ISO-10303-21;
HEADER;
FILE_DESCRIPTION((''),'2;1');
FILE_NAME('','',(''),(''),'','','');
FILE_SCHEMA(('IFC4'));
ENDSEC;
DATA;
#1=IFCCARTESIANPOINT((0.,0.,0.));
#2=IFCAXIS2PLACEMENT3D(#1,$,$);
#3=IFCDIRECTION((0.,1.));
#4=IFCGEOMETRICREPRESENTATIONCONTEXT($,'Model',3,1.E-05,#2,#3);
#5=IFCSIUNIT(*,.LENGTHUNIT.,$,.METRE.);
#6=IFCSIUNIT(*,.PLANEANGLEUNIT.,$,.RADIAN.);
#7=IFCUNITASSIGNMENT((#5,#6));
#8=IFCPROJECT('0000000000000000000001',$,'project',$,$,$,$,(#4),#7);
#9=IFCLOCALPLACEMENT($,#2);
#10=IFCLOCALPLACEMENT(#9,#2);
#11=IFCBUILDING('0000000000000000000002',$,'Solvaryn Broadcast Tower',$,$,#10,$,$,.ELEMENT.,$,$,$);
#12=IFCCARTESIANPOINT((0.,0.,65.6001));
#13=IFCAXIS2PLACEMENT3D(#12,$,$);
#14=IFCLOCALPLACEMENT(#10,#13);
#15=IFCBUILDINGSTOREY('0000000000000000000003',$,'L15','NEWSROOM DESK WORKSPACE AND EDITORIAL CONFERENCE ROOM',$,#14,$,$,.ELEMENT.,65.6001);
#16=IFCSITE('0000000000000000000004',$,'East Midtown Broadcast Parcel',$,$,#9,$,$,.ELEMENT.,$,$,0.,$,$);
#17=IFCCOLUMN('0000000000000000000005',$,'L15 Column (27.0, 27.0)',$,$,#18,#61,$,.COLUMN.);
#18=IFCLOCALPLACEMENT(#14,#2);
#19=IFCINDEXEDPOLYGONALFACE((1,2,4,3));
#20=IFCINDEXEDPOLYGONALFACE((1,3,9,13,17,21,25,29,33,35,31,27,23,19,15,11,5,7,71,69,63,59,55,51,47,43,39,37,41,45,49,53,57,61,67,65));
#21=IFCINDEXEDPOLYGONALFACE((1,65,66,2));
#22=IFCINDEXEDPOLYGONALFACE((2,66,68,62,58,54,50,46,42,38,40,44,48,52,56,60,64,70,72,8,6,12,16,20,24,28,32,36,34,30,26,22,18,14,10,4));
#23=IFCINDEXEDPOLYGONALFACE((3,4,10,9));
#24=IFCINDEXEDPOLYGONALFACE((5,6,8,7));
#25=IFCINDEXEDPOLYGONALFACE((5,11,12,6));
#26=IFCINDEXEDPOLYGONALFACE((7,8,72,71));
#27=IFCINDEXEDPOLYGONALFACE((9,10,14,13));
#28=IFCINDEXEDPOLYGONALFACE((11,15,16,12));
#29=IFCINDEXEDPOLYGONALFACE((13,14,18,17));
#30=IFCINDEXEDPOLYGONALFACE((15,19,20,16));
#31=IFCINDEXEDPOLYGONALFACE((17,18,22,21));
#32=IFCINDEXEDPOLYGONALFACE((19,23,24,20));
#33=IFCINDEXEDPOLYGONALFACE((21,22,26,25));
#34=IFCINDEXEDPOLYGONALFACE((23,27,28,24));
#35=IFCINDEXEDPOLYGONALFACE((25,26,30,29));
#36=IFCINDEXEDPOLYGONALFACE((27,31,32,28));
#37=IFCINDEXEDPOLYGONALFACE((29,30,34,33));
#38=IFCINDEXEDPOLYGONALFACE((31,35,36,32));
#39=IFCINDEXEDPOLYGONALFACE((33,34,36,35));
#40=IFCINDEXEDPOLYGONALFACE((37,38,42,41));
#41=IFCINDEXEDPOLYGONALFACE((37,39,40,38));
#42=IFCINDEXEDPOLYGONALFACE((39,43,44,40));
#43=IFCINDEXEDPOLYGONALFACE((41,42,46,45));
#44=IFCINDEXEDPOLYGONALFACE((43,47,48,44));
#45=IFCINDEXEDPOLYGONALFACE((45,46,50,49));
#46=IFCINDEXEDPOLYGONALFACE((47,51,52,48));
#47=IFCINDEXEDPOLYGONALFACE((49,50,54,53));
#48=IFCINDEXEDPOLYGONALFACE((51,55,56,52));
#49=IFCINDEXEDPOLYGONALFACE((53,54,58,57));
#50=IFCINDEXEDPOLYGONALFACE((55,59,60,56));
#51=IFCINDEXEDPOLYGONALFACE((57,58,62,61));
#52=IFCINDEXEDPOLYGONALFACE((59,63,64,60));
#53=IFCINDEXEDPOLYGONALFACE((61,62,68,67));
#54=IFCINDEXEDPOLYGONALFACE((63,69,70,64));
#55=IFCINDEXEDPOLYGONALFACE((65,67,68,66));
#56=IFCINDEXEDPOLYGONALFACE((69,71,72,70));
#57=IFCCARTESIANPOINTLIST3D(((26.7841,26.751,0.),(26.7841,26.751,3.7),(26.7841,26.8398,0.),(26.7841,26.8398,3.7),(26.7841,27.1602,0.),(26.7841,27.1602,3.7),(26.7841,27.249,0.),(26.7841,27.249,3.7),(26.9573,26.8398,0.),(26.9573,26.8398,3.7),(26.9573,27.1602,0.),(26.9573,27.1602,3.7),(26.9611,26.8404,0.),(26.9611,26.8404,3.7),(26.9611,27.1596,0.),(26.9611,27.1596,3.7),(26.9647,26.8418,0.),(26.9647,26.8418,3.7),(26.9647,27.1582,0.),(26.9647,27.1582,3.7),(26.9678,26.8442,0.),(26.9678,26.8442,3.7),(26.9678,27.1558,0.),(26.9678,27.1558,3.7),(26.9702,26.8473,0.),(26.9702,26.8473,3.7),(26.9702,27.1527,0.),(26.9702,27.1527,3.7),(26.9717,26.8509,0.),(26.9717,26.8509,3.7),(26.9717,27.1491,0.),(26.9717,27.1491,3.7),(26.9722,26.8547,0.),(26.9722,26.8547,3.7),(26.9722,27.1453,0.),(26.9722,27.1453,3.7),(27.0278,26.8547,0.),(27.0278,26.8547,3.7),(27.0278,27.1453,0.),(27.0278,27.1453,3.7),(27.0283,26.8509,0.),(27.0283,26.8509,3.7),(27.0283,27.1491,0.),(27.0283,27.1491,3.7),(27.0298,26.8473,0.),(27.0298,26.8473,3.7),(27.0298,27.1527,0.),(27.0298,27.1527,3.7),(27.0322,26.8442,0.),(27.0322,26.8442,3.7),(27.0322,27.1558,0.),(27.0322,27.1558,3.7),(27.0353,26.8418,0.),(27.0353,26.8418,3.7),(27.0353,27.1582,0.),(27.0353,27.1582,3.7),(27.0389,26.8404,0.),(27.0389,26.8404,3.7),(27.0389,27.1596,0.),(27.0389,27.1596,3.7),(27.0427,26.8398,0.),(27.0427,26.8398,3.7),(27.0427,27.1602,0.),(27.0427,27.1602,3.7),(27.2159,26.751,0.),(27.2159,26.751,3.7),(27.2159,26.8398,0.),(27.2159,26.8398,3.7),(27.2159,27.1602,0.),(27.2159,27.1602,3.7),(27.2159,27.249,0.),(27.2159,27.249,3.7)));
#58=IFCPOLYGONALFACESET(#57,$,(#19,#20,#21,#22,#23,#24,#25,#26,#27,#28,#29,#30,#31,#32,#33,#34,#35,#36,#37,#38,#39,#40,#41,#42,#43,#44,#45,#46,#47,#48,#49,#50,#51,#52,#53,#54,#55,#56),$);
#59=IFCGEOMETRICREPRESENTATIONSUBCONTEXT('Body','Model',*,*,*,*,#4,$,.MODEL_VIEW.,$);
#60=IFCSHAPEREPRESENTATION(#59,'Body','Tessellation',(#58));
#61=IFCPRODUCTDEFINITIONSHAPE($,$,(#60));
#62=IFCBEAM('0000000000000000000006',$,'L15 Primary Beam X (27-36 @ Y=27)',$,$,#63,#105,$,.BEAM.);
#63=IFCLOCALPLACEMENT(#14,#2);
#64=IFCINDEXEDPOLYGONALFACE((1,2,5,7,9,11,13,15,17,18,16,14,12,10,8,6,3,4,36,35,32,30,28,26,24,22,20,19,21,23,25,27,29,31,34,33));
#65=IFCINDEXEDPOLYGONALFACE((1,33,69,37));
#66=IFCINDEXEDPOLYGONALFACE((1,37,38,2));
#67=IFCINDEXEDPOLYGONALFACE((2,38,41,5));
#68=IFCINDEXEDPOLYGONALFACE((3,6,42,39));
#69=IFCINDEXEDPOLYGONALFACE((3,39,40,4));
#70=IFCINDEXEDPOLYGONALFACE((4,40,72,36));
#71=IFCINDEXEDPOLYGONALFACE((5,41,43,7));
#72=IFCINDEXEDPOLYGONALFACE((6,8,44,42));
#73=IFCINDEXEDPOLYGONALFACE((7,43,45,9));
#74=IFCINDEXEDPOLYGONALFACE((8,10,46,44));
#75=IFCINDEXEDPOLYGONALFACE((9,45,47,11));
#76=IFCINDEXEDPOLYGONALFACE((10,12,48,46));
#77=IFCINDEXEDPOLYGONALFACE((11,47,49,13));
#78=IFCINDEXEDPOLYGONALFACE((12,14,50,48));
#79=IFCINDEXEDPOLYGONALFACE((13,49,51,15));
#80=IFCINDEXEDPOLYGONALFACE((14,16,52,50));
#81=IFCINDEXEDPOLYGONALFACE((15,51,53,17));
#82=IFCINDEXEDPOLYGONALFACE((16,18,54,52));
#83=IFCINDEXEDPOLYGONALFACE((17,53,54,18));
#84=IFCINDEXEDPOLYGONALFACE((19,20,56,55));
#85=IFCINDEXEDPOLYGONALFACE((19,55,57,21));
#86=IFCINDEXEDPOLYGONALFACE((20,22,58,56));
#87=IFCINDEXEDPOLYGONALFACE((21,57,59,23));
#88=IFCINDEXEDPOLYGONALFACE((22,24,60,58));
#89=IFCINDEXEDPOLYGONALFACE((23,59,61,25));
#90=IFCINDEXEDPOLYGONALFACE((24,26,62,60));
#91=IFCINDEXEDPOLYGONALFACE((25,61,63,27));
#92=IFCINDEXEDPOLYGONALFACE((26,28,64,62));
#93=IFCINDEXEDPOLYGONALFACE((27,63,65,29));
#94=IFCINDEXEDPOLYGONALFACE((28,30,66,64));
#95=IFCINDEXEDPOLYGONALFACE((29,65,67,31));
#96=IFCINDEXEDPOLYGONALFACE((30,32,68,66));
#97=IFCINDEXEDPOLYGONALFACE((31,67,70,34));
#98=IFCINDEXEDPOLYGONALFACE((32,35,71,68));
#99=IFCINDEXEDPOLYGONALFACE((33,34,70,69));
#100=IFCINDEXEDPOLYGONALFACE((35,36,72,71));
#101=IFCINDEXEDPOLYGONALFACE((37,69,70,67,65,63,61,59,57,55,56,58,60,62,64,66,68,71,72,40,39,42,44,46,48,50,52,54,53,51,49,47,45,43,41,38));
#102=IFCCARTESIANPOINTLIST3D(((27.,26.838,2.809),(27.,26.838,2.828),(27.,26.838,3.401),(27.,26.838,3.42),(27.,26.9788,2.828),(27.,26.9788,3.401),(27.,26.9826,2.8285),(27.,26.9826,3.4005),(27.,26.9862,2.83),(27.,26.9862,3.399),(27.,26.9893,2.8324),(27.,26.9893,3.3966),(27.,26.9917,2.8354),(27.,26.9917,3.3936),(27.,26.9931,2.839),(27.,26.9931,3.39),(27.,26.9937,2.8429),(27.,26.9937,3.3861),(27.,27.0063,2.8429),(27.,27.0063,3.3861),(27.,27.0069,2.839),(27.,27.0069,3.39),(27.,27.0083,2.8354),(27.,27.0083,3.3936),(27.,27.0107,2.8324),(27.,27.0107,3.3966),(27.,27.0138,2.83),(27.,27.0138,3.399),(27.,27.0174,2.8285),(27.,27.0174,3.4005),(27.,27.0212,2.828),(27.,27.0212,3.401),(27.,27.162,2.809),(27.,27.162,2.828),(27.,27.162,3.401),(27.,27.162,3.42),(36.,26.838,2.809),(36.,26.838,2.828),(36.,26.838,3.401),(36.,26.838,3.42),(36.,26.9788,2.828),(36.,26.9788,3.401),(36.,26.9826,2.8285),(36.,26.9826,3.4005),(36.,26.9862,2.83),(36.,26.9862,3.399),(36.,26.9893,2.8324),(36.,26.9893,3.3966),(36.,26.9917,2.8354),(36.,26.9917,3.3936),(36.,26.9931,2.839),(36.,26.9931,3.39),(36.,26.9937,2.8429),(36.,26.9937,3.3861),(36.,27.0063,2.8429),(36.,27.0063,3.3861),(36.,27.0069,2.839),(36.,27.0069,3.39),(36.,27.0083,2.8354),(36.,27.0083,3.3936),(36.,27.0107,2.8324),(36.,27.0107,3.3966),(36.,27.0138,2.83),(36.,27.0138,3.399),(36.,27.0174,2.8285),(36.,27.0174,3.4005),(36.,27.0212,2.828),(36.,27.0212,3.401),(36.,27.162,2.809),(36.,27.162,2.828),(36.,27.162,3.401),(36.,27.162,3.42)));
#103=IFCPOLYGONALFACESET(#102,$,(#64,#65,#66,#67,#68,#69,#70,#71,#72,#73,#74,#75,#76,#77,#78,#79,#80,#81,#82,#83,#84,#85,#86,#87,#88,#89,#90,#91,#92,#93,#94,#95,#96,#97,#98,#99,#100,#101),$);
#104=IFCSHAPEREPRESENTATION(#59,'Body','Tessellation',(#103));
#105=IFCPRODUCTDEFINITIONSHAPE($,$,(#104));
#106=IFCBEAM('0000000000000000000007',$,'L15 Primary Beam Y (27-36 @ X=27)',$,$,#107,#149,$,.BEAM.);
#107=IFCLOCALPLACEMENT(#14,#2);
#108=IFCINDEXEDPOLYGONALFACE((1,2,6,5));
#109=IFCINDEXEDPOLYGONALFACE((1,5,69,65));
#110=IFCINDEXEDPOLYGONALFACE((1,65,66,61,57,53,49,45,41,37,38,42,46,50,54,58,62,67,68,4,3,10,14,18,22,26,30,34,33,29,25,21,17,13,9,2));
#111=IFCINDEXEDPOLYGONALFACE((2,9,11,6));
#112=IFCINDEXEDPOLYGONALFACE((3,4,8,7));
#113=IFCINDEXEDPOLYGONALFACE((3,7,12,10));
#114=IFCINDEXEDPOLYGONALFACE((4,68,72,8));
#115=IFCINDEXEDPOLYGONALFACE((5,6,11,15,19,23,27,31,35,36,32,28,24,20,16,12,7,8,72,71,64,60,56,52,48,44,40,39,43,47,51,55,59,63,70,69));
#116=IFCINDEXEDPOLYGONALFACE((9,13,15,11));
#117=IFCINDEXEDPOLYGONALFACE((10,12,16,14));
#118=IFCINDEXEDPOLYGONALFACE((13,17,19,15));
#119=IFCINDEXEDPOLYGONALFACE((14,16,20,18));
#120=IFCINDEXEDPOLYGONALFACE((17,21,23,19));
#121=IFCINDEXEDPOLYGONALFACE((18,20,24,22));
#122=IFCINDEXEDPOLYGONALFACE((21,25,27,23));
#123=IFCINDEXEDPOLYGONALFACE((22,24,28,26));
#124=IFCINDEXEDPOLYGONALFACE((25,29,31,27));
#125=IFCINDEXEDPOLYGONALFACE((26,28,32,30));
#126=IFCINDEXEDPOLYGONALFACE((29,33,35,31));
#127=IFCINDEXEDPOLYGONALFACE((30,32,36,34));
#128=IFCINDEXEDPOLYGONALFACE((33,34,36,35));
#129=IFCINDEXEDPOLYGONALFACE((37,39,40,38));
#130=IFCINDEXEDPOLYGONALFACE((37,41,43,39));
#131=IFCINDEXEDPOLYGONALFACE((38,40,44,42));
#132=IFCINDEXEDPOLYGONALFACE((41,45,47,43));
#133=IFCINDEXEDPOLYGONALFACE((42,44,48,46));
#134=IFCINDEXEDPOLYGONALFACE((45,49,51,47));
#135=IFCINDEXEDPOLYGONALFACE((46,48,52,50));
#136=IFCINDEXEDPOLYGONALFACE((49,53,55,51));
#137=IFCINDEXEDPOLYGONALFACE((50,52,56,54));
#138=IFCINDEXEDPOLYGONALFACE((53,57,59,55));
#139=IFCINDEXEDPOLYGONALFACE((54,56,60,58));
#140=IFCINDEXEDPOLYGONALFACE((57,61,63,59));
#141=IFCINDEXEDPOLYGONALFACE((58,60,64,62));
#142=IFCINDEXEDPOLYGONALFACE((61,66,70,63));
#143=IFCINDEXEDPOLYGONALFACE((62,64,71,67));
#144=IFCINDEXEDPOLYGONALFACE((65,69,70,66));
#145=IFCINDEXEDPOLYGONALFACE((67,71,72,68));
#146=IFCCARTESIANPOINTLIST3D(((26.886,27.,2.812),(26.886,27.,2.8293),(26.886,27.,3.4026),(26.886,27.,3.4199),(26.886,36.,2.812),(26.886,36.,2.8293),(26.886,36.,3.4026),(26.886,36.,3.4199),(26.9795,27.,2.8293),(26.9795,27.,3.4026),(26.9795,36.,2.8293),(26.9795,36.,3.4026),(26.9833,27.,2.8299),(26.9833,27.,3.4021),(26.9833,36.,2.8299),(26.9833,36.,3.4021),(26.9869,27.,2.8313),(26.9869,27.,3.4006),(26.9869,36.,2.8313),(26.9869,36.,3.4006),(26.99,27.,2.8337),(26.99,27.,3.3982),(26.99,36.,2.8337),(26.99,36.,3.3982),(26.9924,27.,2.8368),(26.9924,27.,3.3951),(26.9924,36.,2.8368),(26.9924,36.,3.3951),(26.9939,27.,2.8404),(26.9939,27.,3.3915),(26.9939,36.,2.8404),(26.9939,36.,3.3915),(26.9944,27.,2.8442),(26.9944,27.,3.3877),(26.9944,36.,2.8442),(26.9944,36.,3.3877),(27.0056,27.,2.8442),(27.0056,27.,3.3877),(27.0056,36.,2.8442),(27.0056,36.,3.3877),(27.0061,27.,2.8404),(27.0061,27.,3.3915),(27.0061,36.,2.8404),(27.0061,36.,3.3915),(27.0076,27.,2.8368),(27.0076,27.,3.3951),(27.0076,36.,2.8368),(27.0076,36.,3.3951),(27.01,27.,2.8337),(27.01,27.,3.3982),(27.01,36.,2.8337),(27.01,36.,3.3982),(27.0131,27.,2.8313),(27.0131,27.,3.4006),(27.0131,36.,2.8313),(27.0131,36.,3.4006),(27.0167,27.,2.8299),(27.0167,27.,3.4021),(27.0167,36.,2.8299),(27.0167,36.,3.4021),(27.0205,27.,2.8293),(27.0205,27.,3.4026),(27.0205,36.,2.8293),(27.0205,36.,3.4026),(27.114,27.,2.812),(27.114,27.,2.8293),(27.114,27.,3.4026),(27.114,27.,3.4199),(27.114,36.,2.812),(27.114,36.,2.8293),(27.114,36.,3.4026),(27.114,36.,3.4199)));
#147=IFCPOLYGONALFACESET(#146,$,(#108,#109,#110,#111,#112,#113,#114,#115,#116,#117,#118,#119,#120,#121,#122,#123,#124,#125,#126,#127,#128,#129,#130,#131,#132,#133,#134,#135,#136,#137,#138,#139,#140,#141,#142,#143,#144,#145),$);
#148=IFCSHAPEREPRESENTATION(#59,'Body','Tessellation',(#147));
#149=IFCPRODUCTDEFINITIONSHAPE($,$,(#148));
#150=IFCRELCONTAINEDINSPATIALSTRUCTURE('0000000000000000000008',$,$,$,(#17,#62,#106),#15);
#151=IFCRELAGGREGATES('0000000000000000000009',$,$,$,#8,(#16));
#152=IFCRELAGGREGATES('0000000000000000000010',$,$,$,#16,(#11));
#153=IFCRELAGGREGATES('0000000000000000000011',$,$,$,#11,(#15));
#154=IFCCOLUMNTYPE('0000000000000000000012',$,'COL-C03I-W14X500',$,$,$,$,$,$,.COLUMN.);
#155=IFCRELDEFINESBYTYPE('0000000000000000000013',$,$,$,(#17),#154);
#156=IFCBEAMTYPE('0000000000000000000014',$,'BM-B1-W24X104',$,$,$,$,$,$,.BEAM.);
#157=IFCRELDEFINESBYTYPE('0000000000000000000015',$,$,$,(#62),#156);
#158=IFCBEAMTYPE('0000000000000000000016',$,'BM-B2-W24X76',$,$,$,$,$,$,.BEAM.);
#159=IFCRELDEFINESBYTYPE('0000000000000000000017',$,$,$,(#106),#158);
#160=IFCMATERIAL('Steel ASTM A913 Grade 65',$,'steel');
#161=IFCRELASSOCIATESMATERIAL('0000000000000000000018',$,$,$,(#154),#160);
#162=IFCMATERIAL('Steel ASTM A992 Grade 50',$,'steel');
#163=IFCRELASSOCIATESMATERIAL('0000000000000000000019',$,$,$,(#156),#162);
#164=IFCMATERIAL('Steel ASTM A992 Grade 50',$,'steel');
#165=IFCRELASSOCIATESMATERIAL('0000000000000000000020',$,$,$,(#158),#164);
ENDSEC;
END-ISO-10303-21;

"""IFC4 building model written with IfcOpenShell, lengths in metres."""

from ifc_helpers import new_model, si_unit, direction, frame, origin, origin_2d, place, context, subcontext, project, spatial, i_section, extrude, material, material_profile, profile_set, type_object, element, save


model = new_model("IFC4")

# Units and contexts
model_context = context("Model", 3, precision=1e-05, world=origin(), true_north=direction((0.0, 1.0)))
body_context = subcontext(model_context, "Body", "Model", "MODEL_VIEW")
ifc_project = project(units=[si_unit("LENGTHUNIT", "METRE"), si_unit("PLANEANGLEUNIT", "RADIAN")], contexts=[model_context])

# Site, building, storey
site_placement = place(None, origin())
site = spatial("IfcSite", under=ifc_project, at=site_placement, Name="East Midtown Broadcast Parcel", CompositionType="ELEMENT", RefElevation=0.0)
building_placement = place(site_placement, origin())
building = spatial("IfcBuilding", under=site, at=building_placement, Name="Solvaryn Broadcast Tower", CompositionType="ELEMENT")
storey_placement = place(building_placement, frame((0.0, 0.0, 65.6001)))
storey = spatial("IfcBuildingStorey", under=building, at=storey_placement, Name="L15", Description="NEWSROOM DESK WORKSPACE AND EDITORIAL CONFERENCE ROOM", CompositionType="ELEMENT", Elevation=65.6001)

# Column
ifc_material_1 = material(Name="Steel ASTM A913 Grade 65", Category="steel")
ifc_material_profile_1 = material_profile(ifc_material_1, i_section(OverallWidth=0.4319, OverallDepth=0.498, WebThickness=0.0557, FlangeThickness=0.0889, FilletRadius=0.0149, at=origin_2d()))
ifc_profile_set_1 = profile_set([ifc_material_profile_1], Name="Steel ASTM A913 Grade 65")
column_type = type_object("IfcColumnType", Name="COL-C03I-W14X500", PredefinedType="COLUMN", material=ifc_profile_set_1)
column_placement = place(storey_placement, frame((27.0, 27.0, 0.0), z_axis=(0.0, 0.0, 1.0), x_axis=(1.0, 0.0, 0.0)))
element("IfcColumn", 1, at=column_placement, inside=storey, type_object=column_type, Name="L15 Column (27.0, 27.0)", PredefinedType="COLUMN", context=body_context, shape_type="SweptSolid", body=[
    extrude(i_section(OverallWidth=0.4319, OverallDepth=0.498, WebThickness=0.0557, FlangeThickness=0.0889, FilletRadius=0.0149, at=origin_2d()), origin(), (0.0, 0.0, 1.0), 3.7),
])

# Beams
ifc_material_2 = material(Name="Steel ASTM A992 Grade 50", Category="steel")
ifc_material_profile_2 = material_profile(ifc_material_2, i_section(OverallWidth=0.324, OverallDepth=0.6111, WebThickness=0.0127, FlangeThickness=0.019, FilletRadius=0.0149, at=origin_2d()))
ifc_profile_set_2 = profile_set([ifc_material_profile_2], Name="Steel ASTM A992 Grade 50")
beam_type_1 = type_object("IfcBeamType", Name="BM-B1-W24X104", PredefinedType="BEAM", material=ifc_profile_set_2)
beam_1_placement = place(storey_placement, frame((27.0, 27.0, 3.1145), z_axis=(1.0, 0.0, 0.0), x_axis=(0.0, 1.0, 0.0)))
element("IfcBeam", 2, at=beam_1_placement, inside=storey, type_object=beam_type_1, Name="L15 Primary Beam X (27-36 @ Y=27)", PredefinedType="BEAM", context=body_context, shape_type="SweptSolid", body=[
    extrude(i_section(OverallWidth=0.324, OverallDepth=0.6111, WebThickness=0.0127, FlangeThickness=0.019, FilletRadius=0.0149, at=origin_2d()), origin(), (0.0, 0.0, 1.0), 9.0),
])
ifc_material_3 = material(Name="Steel ASTM A992 Grade 50", Category="steel")
ifc_material_profile_3 = material_profile(ifc_material_3, i_section(OverallWidth=0.228, OverallDepth=0.6079, WebThickness=0.0112, FlangeThickness=0.0173, FilletRadius=0.0149, at=origin_2d()))
ifc_profile_set_3 = profile_set([ifc_material_profile_3], Name="Steel ASTM A992 Grade 50")
beam_type_2 = type_object("IfcBeamType", Name="BM-B2-W24X76", PredefinedType="BEAM", material=ifc_profile_set_3)
beam_2_placement = place(storey_placement, frame((27.0, 27.0, 3.116), z_axis=(0.0, 1.0, 0.0), x_axis=(-1.0, 0.0, 0.0)))
element("IfcBeam", 3, at=beam_2_placement, inside=storey, type_object=beam_type_2, Name="L15 Primary Beam Y (27-36 @ X=27)", PredefinedType="BEAM", context=body_context, shape_type="SweptSolid", body=[
    extrude(i_section(OverallWidth=0.228, OverallDepth=0.6079, WebThickness=0.0112, FlangeThickness=0.0173, FilletRadius=0.0149, at=origin_2d()), origin(), (0.0, 0.0, 1.0), 9.0),
])

save(model, "model.ifc")
